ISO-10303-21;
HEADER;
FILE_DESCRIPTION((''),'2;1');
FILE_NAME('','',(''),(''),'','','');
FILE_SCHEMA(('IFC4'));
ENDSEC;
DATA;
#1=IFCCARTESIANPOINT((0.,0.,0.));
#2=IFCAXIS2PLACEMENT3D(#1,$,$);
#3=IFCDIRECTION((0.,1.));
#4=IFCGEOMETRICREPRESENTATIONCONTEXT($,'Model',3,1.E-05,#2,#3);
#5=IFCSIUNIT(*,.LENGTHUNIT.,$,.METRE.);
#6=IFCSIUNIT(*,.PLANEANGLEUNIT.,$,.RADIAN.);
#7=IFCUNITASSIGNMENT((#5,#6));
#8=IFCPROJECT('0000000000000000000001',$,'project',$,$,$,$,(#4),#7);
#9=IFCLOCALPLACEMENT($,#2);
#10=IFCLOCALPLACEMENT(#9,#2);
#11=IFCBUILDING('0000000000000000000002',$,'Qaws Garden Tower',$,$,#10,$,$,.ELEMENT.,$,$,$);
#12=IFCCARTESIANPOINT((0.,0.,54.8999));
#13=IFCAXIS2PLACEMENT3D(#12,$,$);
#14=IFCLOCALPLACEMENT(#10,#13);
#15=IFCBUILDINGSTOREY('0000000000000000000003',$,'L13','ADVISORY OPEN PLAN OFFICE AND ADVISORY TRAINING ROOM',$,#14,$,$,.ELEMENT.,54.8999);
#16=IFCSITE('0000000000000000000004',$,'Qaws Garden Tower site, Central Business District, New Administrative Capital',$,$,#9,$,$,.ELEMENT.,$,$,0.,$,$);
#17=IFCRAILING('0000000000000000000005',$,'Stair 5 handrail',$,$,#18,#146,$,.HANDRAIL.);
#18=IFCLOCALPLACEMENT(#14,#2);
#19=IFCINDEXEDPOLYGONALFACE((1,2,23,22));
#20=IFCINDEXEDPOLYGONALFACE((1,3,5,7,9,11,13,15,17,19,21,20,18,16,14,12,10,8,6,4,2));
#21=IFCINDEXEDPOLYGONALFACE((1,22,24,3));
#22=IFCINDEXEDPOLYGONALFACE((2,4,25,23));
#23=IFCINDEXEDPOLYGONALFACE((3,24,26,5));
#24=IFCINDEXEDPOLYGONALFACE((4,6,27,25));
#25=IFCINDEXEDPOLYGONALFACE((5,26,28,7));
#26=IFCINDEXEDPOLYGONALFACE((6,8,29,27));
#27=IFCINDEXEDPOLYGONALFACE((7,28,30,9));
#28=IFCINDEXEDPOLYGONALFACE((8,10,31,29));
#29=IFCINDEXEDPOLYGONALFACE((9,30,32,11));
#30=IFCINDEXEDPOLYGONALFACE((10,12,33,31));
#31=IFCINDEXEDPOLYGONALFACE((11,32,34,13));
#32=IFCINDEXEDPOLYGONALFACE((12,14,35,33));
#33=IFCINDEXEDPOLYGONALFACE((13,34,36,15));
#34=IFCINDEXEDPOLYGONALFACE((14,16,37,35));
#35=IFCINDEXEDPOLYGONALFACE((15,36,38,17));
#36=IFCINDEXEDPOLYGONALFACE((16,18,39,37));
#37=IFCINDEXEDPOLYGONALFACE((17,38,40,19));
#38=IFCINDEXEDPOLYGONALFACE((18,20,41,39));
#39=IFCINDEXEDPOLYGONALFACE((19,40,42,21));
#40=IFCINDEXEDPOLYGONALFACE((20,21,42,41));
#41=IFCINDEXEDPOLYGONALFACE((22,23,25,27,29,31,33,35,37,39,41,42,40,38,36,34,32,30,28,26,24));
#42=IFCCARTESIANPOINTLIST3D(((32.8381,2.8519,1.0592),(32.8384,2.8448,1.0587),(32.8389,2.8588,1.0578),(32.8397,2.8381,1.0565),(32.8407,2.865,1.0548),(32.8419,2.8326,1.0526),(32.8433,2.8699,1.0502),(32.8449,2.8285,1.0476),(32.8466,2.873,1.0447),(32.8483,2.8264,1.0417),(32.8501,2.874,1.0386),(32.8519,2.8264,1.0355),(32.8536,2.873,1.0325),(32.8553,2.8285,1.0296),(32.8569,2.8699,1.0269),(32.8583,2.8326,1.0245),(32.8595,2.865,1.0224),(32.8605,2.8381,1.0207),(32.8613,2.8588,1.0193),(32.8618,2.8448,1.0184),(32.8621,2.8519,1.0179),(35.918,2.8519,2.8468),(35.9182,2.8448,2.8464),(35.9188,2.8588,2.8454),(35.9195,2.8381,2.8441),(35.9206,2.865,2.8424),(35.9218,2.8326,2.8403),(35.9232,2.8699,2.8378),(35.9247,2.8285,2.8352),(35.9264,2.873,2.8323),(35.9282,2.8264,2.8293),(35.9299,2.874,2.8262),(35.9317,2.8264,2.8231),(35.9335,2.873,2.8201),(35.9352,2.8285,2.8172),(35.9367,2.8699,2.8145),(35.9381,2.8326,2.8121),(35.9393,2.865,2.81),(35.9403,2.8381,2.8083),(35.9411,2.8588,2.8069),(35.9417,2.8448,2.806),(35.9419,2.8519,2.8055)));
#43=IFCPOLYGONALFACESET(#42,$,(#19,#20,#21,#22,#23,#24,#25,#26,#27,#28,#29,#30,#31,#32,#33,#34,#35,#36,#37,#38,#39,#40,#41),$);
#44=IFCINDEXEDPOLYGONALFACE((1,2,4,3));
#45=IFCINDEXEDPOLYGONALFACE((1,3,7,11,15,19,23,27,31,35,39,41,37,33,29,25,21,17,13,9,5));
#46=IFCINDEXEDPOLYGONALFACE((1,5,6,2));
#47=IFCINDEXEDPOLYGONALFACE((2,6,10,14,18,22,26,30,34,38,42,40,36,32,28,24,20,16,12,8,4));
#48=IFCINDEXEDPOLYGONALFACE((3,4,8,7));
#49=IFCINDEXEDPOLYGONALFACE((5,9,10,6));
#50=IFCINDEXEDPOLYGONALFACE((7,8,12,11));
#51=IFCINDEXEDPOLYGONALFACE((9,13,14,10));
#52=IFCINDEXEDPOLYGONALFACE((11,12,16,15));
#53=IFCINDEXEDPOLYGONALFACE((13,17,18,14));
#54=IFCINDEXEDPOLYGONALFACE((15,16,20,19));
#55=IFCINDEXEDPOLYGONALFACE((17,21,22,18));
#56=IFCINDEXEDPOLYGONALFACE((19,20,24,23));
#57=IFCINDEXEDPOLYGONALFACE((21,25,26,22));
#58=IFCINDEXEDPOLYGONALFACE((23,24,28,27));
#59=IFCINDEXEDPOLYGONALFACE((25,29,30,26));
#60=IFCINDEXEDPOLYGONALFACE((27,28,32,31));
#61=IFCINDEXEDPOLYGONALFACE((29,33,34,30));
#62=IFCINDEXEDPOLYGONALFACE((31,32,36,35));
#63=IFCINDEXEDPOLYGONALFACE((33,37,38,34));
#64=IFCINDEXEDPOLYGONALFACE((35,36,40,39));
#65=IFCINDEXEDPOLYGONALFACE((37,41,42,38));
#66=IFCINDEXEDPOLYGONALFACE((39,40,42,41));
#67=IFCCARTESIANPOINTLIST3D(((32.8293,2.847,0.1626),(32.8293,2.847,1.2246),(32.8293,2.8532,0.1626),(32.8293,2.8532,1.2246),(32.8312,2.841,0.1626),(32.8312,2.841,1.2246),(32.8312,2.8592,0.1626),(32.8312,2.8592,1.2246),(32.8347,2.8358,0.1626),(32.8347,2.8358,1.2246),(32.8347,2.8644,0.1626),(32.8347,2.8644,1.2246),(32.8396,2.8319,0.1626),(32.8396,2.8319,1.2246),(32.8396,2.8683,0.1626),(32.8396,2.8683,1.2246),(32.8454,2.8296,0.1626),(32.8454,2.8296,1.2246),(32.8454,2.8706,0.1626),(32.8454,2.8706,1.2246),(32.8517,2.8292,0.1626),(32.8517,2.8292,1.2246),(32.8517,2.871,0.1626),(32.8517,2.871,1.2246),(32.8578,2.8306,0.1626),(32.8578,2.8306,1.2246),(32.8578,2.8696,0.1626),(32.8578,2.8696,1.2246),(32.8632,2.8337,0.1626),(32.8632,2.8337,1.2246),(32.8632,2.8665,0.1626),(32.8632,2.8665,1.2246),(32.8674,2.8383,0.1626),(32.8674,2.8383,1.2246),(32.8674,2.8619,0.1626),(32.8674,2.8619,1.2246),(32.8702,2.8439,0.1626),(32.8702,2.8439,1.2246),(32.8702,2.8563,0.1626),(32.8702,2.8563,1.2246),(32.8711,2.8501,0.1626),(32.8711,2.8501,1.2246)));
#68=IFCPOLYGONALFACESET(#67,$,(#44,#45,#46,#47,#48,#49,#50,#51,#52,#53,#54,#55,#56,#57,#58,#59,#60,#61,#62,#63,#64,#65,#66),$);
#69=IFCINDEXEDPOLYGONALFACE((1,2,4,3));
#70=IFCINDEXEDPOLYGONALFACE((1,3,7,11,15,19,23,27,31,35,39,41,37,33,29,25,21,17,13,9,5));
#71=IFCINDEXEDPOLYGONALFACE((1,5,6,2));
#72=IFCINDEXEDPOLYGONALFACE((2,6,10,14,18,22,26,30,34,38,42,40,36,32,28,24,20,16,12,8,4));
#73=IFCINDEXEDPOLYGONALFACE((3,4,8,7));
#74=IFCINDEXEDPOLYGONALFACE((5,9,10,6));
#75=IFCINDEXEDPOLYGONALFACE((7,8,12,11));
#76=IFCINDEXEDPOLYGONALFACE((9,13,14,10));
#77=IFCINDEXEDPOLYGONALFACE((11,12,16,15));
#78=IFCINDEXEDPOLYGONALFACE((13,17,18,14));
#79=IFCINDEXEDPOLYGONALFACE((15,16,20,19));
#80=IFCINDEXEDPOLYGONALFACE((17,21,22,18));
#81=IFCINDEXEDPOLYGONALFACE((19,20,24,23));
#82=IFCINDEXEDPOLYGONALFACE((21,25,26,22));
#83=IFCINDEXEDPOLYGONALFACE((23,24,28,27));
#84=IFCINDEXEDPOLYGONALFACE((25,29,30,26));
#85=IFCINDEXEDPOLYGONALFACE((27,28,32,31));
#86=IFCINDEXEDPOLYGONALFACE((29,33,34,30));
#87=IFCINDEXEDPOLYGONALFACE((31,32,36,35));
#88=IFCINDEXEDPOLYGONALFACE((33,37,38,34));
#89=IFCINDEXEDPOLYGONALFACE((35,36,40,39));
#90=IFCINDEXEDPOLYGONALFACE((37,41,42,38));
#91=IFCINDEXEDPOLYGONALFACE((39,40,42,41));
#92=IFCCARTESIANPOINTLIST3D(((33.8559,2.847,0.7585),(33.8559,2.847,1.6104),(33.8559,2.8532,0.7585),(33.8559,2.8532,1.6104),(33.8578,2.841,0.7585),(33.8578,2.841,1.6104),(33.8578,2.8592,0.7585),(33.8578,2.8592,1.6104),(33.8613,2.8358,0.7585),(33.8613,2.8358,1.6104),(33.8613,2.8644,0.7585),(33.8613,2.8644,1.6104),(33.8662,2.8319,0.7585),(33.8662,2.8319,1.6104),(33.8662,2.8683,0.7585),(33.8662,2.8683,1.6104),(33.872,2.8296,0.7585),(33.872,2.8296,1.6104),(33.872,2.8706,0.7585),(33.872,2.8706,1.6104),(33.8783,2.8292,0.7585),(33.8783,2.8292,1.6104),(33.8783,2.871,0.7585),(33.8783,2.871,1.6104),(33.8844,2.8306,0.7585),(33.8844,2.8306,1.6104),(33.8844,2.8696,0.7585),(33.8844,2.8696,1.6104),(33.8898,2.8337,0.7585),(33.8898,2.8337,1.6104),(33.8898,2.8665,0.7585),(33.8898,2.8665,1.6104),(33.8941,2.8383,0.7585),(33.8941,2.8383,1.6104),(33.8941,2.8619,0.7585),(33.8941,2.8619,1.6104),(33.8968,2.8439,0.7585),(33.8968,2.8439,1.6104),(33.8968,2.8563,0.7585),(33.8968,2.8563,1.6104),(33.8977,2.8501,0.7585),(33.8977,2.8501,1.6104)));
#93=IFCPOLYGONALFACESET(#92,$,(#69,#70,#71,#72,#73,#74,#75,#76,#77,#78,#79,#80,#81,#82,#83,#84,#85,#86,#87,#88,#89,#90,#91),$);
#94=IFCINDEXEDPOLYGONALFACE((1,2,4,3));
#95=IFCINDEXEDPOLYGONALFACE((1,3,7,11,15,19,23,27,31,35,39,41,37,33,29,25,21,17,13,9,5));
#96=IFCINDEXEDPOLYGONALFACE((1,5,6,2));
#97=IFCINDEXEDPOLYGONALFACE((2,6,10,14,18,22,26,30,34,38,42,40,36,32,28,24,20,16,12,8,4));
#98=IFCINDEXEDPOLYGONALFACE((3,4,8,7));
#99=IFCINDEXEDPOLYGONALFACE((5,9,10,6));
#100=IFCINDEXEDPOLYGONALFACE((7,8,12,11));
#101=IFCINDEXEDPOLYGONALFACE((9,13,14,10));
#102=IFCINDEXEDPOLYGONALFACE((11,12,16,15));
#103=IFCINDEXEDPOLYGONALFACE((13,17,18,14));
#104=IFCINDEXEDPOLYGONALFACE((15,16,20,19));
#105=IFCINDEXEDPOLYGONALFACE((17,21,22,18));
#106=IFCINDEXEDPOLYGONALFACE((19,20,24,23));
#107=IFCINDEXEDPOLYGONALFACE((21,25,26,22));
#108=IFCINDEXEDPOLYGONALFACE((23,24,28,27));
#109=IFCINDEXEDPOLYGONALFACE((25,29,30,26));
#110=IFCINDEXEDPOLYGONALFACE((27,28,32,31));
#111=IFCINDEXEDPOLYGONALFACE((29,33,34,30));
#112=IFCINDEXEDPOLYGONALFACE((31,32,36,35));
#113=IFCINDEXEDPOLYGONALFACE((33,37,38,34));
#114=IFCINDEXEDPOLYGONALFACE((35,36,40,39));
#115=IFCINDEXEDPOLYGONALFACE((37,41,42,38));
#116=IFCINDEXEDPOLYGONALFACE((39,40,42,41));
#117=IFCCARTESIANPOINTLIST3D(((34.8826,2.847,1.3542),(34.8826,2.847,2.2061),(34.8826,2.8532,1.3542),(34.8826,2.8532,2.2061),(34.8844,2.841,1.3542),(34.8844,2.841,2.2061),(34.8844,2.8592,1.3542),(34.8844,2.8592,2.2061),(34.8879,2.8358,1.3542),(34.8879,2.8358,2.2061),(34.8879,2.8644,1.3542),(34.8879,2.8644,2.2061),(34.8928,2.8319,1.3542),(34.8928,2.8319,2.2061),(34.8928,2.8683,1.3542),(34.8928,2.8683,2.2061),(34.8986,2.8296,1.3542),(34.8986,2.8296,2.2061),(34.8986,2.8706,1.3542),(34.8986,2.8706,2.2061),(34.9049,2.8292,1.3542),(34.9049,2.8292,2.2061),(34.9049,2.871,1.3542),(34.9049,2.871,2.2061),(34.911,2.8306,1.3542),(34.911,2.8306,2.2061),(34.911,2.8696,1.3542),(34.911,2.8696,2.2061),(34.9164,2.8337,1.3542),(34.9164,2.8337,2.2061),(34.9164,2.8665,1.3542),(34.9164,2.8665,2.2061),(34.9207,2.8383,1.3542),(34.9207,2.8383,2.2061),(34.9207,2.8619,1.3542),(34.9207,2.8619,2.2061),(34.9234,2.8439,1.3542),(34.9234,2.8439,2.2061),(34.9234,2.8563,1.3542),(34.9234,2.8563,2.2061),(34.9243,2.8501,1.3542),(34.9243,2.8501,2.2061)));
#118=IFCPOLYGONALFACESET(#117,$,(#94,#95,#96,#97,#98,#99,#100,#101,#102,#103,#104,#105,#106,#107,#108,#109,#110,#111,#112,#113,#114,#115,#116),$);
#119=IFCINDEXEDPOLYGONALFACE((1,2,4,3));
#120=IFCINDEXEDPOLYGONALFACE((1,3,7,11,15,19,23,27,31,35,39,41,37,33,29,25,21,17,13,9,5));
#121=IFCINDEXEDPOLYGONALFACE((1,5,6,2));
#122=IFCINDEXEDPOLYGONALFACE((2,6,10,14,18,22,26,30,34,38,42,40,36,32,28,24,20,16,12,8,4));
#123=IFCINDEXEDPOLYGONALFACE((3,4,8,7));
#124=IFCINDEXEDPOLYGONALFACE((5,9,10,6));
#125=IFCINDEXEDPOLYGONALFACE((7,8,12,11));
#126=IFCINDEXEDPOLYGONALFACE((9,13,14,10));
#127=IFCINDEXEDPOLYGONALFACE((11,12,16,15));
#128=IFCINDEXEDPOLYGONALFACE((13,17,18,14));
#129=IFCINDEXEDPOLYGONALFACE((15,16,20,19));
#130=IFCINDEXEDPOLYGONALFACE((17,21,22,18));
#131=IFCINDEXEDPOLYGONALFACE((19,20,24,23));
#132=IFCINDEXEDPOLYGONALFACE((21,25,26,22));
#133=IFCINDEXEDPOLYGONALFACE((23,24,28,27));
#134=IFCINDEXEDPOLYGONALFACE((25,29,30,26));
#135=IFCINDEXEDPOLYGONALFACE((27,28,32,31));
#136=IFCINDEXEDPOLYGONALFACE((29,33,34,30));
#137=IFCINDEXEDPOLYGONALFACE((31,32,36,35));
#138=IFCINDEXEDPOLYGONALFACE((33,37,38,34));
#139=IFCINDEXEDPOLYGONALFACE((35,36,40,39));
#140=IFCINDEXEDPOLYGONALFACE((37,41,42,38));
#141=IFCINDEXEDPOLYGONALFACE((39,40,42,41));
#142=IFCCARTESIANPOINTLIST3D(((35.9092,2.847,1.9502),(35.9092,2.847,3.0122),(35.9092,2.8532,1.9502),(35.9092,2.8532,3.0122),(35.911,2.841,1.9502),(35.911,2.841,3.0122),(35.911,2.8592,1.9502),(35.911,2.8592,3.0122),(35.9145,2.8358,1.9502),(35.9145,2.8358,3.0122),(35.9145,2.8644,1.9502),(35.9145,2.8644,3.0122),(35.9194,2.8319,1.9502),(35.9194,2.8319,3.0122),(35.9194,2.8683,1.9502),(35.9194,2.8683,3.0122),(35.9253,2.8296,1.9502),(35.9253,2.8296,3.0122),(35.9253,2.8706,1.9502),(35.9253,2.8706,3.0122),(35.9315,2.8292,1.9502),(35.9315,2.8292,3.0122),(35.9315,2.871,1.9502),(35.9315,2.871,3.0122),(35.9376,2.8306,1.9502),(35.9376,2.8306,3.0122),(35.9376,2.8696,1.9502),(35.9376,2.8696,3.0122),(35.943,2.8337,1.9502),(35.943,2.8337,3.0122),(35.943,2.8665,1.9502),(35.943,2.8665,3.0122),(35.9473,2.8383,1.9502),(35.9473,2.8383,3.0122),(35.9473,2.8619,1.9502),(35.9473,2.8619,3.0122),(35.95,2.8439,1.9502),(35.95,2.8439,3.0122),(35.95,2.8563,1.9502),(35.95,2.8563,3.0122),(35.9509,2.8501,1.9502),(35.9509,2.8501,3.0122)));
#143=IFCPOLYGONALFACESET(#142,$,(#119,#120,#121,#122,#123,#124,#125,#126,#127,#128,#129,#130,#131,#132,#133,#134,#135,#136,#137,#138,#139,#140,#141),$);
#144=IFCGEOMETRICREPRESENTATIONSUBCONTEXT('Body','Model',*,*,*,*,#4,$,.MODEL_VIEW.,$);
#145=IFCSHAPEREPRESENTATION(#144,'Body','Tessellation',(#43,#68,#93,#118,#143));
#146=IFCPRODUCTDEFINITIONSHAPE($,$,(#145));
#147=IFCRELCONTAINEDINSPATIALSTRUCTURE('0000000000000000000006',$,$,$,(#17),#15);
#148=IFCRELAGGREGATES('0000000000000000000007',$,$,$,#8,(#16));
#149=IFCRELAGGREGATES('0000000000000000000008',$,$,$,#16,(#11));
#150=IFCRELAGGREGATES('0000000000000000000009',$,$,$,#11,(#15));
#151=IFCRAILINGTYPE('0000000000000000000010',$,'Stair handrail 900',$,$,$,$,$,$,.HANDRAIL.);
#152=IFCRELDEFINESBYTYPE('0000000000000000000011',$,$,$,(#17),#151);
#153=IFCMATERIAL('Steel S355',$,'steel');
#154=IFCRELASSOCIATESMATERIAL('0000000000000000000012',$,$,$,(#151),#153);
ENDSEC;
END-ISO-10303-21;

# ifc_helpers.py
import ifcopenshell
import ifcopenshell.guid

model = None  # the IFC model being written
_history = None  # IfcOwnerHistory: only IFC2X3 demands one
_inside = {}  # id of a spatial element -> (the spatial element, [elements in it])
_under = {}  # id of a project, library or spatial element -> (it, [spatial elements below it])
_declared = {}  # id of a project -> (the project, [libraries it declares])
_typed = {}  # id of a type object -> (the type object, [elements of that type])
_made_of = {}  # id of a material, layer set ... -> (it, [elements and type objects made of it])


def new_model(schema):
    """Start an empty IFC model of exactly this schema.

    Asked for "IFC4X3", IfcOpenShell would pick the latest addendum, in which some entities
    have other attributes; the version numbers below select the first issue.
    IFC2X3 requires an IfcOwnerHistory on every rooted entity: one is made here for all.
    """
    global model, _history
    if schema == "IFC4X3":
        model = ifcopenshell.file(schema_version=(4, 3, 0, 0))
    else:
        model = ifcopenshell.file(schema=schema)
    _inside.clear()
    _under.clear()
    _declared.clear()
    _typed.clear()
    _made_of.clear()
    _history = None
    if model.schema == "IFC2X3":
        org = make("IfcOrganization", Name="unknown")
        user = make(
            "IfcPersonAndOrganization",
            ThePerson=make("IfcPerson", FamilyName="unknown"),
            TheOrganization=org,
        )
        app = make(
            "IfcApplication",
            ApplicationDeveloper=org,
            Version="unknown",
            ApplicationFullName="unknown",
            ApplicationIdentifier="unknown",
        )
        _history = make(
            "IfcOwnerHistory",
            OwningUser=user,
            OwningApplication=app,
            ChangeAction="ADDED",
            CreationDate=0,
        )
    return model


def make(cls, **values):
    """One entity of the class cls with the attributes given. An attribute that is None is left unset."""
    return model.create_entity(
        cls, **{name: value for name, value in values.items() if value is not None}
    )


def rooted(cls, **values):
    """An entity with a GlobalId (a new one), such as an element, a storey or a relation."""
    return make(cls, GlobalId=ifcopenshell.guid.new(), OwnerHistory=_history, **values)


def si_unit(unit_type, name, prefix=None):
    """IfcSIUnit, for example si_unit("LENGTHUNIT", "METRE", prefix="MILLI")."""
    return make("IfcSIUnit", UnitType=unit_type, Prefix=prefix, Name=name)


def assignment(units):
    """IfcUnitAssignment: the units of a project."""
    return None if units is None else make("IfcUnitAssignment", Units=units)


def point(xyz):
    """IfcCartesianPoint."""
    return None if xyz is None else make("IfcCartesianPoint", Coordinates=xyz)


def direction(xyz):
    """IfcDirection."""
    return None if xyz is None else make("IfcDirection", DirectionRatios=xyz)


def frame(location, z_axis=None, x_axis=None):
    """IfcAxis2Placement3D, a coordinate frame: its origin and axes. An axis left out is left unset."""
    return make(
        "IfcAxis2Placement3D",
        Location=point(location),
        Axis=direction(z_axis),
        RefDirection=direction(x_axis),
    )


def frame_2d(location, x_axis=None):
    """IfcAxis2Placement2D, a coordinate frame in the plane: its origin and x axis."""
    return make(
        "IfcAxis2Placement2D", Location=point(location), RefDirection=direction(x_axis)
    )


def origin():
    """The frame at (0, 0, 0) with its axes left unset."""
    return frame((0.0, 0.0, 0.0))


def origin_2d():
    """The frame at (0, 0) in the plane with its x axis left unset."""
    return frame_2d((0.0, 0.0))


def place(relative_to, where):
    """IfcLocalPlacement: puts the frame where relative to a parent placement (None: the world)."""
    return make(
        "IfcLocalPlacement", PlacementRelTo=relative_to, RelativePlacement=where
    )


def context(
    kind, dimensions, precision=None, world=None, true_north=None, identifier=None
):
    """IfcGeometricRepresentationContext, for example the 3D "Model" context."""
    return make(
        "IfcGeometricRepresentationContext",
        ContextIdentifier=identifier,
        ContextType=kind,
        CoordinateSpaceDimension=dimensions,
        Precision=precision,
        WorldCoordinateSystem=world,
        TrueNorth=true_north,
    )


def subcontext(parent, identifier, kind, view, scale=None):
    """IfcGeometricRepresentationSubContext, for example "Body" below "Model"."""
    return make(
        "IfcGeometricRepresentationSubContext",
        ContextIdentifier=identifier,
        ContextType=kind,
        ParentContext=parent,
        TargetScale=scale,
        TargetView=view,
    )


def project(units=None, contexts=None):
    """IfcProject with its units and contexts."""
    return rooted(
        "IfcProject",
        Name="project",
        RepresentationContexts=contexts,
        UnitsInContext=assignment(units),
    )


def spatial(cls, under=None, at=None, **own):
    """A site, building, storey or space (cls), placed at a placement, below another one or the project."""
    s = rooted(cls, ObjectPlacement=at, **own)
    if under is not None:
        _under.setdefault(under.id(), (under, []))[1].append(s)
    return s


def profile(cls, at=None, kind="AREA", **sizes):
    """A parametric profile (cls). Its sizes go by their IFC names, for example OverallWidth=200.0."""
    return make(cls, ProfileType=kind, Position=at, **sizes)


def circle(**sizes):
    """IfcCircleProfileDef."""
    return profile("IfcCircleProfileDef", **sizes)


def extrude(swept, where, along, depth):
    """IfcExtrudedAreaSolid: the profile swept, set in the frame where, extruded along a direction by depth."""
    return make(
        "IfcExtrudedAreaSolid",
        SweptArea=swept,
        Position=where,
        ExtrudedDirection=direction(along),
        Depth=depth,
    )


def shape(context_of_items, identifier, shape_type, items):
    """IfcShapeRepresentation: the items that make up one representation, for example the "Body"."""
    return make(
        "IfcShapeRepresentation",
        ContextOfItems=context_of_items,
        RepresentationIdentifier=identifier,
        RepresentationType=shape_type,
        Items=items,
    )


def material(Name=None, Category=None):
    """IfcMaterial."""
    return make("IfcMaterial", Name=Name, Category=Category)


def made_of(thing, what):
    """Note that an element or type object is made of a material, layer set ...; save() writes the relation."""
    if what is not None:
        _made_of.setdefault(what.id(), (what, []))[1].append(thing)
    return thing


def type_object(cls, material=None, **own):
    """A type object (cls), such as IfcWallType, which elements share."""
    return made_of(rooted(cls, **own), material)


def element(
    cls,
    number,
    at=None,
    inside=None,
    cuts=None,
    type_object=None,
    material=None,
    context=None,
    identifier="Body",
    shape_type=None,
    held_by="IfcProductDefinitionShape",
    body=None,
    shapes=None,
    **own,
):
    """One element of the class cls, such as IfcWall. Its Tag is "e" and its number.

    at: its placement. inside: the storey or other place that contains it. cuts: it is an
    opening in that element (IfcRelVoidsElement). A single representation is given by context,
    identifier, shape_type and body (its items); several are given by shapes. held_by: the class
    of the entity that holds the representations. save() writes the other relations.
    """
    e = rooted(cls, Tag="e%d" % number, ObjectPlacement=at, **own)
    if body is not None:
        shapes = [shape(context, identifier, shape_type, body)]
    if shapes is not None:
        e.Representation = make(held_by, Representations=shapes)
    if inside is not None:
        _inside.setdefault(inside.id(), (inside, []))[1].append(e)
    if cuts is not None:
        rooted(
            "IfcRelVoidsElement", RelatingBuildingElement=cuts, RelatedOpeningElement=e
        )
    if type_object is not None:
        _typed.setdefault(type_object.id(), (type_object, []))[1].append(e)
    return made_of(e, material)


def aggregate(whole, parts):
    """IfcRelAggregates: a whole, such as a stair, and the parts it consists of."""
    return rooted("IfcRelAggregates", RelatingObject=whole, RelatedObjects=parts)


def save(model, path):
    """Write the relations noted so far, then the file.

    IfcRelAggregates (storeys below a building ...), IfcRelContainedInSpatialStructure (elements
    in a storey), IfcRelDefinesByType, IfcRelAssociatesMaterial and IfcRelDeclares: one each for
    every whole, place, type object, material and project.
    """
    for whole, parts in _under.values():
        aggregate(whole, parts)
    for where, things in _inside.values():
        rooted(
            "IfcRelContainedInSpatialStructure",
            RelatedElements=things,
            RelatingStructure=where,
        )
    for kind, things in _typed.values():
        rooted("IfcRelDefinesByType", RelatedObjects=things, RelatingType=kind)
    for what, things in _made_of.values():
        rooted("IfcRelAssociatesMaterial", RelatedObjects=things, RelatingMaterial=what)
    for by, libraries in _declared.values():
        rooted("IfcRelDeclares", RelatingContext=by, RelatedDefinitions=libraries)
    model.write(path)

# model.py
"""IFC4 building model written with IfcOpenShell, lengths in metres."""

from ifc_helpers import new_model, si_unit, direction, frame, origin, origin_2d, place, context, subcontext, project, spatial, circle, extrude, material, type_object, element, save


model = new_model("IFC4")

# Units and contexts
model_context = context("Model", 3, precision=1e-05, world=origin(), true_north=direction((0.0, 1.0)))
body_context = subcontext(model_context, "Body", "Model", "MODEL_VIEW")
ifc_project = project(units=[si_unit("LENGTHUNIT", "METRE"), si_unit("PLANEANGLEUNIT", "RADIAN")], contexts=[model_context])

# Site, building, storey
site_placement = place(None, origin())
site = spatial("IfcSite", under=ifc_project, at=site_placement, Name="Qaws Garden Tower site, Central Business District, New Administrative Capital", CompositionType="ELEMENT", RefElevation=0.0)
building_placement = place(site_placement, origin())
building = spatial("IfcBuilding", under=site, at=building_placement, Name="Qaws Garden Tower", CompositionType="ELEMENT")
storey_placement = place(building_placement, frame((0.0, 0.0, 54.8999)))
storey = spatial("IfcBuildingStorey", under=building, at=storey_placement, Name="L13", Description="ADVISORY OPEN PLAN OFFICE AND ADVISORY TRAINING ROOM", CompositionType="ELEMENT", Elevation=54.8999)

# Railing
ifc_material_1 = material(Name="Steel S355", Category="steel")
railing_type = type_object("IfcRailingType", Name="Stair handrail 900", PredefinedType="HANDRAIL", material=ifc_material_1)
railing_1_placement = place(storey_placement, frame((32.8501, 2.8501, 0.1626)))
element("IfcRailing", 1, at=railing_1_placement, inside=storey, type_object=railing_type, Name="Stair 5 handrail", PredefinedType="HANDRAIL", context=body_context, shape_type="SweptSolid", body=[
    extrude(circle(Radius=0.0239, at=origin_2d()), frame((0.0, 0.0, 0.876), z_axis=(0.864873, 0.0, 0.50199), x_axis=(0.0, 1.0, 0.0)), (0.0, 0.0, 1.0), 3.561),
    extrude(circle(Radius=0.021, at=origin_2d()), origin(), (0.0, 0.0, 1.0), 1.062),
    extrude(circle(Radius=0.021, at=origin_2d()), frame((1.0266, 0.0, 0.5959)), (0.0, 0.0, 1.0), 0.8518),
    extrude(circle(Radius=0.021, at=origin_2d()), frame((2.0532, 0.0, 1.1917)), (0.0, 0.0, 1.0), 0.8518),
    extrude(circle(Radius=0.021, at=origin_2d()), frame((3.0798, 0.0, 1.7876)), (0.0, 0.0, 1.0), 1.062),
])

save(model, "model.ifc")
